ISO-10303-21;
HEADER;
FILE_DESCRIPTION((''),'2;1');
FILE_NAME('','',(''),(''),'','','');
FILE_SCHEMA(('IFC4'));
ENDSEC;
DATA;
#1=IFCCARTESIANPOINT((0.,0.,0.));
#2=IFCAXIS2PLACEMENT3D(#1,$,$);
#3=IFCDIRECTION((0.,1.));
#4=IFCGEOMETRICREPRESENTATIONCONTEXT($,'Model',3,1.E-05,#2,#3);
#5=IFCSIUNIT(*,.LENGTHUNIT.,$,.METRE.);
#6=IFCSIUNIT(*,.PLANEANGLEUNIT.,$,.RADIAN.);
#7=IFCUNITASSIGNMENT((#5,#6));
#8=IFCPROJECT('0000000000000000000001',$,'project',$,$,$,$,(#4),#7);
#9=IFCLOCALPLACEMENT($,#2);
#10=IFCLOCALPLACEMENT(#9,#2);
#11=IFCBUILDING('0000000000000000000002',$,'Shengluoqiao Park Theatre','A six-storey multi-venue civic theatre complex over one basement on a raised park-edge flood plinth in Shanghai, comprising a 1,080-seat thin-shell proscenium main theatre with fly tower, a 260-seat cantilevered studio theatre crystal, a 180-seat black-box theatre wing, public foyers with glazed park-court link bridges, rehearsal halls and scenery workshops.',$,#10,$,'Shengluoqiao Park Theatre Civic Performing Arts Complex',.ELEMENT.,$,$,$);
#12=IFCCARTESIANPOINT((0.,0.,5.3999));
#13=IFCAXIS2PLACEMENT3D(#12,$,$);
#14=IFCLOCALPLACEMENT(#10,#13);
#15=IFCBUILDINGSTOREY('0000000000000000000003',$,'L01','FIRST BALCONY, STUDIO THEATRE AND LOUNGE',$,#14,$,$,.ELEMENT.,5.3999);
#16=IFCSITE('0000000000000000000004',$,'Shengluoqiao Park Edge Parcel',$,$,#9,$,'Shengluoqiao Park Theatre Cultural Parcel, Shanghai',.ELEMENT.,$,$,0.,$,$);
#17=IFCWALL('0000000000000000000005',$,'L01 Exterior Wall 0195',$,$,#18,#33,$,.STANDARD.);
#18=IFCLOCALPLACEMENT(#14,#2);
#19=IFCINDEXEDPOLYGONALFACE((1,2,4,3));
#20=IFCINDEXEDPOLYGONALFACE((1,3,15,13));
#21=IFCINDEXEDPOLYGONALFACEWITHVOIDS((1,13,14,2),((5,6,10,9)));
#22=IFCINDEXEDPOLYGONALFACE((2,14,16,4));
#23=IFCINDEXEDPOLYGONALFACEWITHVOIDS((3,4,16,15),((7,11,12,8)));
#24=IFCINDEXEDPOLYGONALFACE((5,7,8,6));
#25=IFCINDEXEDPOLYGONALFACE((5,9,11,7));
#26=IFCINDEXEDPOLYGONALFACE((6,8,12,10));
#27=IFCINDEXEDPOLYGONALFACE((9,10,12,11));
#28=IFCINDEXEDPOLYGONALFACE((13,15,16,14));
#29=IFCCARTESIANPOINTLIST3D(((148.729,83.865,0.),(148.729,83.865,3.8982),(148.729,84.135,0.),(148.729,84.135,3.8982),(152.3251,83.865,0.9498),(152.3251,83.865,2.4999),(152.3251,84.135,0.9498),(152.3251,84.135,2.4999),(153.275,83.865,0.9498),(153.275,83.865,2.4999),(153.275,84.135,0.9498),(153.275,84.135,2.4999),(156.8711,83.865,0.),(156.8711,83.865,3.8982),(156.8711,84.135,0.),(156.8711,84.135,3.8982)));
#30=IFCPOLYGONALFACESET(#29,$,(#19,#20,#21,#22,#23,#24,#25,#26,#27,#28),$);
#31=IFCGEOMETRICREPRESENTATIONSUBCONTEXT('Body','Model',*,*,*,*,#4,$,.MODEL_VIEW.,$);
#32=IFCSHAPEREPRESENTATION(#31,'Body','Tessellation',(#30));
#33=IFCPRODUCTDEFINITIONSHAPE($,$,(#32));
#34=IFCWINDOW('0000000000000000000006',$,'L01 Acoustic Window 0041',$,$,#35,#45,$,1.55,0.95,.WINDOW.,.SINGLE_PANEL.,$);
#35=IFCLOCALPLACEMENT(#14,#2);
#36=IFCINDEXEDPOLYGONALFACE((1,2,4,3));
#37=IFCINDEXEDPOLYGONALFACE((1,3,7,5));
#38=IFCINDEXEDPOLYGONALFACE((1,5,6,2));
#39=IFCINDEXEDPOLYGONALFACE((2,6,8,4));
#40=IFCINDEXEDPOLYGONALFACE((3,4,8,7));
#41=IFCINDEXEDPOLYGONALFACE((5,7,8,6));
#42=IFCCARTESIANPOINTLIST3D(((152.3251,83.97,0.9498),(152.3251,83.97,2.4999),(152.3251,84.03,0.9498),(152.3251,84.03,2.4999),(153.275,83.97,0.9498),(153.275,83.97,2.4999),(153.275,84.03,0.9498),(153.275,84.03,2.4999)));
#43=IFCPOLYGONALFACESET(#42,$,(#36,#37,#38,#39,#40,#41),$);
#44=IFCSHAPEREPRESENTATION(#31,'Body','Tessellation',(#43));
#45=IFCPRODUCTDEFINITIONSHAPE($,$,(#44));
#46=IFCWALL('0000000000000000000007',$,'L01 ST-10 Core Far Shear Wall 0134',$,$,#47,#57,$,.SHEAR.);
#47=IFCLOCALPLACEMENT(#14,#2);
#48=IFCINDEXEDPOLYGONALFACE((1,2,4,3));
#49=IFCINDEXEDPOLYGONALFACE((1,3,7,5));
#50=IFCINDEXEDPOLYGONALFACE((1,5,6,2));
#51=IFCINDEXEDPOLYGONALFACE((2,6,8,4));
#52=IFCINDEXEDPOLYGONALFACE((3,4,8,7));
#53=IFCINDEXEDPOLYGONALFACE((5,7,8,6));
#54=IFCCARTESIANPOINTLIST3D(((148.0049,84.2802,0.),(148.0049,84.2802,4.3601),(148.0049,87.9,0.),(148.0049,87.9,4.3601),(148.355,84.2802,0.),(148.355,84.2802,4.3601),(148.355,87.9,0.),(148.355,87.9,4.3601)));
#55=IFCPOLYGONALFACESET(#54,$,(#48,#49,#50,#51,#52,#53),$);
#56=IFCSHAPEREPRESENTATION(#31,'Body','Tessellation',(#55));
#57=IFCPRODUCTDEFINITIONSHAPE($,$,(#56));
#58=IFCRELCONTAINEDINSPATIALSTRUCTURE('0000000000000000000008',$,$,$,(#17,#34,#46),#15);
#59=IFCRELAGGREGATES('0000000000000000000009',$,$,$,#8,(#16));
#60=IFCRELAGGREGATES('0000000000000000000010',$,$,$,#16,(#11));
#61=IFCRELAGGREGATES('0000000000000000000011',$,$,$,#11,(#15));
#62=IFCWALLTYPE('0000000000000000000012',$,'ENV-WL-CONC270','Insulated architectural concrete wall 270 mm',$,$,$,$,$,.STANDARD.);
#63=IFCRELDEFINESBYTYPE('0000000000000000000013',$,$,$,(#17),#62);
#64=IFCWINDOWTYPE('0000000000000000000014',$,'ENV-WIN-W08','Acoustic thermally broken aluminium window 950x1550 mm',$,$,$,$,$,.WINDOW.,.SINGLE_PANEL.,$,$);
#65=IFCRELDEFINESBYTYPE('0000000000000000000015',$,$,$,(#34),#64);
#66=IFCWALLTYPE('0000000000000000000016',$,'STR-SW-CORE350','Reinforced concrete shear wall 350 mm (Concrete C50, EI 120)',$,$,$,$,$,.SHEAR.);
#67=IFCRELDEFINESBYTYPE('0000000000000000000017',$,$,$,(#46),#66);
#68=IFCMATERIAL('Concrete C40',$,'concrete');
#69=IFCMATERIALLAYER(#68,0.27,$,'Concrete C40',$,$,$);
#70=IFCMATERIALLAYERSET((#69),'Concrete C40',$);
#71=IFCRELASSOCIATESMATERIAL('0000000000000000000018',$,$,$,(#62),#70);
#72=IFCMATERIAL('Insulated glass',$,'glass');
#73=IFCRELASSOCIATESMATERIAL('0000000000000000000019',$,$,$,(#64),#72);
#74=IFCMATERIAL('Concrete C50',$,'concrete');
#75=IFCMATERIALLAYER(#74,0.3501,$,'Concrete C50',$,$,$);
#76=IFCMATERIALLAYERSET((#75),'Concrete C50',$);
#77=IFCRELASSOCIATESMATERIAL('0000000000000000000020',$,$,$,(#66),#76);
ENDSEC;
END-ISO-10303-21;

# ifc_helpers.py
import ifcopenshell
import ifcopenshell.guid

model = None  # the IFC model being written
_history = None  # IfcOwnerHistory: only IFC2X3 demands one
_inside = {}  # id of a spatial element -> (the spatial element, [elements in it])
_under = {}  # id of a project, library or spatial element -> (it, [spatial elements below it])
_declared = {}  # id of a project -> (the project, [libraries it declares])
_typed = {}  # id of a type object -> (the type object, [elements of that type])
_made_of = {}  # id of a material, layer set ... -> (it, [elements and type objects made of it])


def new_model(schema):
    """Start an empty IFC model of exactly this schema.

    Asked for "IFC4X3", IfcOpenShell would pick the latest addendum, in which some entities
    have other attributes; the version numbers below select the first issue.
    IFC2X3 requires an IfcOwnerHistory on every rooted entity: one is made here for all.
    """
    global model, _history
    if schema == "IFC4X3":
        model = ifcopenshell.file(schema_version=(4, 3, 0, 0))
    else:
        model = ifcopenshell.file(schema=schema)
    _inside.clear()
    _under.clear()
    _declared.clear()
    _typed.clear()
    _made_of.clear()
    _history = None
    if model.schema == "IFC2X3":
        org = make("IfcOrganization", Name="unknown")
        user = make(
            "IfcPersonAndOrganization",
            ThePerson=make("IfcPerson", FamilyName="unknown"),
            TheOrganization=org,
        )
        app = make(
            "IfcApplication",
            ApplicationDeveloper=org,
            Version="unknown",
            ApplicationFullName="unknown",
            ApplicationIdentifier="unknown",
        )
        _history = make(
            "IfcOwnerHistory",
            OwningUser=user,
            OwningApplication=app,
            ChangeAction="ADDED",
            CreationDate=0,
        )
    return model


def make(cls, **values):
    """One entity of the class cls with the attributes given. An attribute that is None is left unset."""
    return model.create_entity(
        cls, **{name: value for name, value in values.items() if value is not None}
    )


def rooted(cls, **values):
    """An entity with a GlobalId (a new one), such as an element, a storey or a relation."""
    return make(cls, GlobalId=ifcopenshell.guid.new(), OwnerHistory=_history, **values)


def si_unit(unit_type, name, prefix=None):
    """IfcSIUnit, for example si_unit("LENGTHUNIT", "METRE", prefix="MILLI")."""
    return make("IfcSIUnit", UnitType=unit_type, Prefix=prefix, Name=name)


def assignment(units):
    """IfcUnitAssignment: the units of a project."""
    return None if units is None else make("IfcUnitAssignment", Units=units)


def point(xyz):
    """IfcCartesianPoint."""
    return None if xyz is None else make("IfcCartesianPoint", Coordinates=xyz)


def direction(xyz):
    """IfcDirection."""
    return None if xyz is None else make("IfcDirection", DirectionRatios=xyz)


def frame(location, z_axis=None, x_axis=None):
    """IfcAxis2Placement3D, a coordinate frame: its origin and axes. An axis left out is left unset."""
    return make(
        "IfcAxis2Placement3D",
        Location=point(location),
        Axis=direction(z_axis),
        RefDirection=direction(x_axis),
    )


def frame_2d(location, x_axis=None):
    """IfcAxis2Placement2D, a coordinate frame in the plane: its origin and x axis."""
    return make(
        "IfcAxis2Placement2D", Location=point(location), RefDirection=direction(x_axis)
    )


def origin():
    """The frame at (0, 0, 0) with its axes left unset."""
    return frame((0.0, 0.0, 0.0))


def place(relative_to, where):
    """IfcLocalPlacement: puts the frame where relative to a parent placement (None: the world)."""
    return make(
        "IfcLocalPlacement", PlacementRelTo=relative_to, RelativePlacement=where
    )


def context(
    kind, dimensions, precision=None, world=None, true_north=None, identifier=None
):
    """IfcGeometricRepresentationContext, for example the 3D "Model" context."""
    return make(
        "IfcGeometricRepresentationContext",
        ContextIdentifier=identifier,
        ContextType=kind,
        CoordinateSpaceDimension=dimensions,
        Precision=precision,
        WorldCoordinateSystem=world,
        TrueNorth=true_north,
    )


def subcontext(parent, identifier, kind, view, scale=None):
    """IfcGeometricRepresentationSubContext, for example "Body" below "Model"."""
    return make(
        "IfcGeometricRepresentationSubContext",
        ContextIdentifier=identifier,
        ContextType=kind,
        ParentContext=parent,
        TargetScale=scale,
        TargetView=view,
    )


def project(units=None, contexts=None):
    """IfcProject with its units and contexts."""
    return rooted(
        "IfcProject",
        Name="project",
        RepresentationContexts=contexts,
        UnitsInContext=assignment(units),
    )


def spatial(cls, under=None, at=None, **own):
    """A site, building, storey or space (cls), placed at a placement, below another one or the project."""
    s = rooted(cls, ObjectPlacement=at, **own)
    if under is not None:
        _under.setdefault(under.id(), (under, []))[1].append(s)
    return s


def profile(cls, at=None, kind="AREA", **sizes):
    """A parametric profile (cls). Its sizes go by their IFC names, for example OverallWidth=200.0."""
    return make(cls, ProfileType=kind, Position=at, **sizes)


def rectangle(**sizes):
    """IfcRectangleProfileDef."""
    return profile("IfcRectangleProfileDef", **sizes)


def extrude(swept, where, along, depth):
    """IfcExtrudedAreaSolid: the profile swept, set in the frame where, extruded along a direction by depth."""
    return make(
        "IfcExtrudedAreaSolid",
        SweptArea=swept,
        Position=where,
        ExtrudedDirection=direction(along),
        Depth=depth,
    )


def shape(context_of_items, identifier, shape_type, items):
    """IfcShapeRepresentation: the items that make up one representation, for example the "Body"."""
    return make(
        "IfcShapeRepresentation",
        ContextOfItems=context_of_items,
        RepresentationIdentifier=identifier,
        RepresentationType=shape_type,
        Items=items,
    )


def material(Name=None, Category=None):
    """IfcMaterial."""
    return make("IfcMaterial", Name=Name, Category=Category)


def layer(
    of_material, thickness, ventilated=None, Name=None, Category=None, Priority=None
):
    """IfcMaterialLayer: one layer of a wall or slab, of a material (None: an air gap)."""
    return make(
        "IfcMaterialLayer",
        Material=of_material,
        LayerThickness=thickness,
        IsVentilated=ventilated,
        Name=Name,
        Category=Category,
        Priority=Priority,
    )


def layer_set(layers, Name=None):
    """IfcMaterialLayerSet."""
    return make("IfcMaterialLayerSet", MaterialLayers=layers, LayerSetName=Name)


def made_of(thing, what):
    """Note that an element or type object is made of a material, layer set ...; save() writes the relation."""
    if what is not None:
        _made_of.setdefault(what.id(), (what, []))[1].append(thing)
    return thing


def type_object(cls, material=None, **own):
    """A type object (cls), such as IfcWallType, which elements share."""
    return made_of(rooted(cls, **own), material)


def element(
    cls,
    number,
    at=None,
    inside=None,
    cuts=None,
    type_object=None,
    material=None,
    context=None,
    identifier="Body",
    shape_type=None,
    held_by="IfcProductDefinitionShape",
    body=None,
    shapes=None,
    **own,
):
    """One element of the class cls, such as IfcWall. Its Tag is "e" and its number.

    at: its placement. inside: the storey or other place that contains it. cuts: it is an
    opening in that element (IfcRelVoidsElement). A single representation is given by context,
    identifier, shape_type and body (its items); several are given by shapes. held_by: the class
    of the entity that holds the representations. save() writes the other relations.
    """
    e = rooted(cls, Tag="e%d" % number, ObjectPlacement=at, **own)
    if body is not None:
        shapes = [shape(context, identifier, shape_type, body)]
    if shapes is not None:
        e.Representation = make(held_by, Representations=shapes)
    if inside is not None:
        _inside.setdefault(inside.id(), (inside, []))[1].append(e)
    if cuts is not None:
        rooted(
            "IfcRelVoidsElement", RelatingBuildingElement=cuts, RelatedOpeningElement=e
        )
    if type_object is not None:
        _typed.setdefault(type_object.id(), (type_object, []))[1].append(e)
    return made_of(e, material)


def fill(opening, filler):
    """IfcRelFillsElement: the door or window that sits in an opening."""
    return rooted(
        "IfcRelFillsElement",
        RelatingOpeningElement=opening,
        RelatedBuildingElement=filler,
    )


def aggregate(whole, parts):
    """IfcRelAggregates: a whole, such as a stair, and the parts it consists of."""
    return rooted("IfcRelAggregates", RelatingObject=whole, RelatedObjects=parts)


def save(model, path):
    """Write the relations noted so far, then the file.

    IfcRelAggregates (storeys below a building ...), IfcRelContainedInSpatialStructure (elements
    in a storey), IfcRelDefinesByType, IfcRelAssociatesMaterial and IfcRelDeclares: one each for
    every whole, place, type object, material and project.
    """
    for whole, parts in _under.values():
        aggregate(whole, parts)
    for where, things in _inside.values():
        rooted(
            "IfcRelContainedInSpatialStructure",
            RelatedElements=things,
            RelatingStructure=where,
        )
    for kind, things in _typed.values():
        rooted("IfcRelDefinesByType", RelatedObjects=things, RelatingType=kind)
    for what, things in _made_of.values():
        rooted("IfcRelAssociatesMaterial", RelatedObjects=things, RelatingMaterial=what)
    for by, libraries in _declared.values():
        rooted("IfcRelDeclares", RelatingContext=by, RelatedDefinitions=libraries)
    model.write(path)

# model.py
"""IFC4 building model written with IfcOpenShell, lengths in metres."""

from ifc_helpers import new_model, si_unit, direction, frame, frame_2d, origin, place, context, subcontext, project, spatial, rectangle, extrude, material, layer, layer_set, type_object, element, fill, save


model = new_model("IFC4")

# Units and contexts
model_context = context("Model", 3, precision=1e-05, world=origin(), true_north=direction((0.0, 1.0)))
body_context = subcontext(model_context, "Body", "Model", "MODEL_VIEW")
ifc_project = project(units=[si_unit("LENGTHUNIT", "METRE"), si_unit("PLANEANGLEUNIT", "RADIAN")], contexts=[model_context])

# Site, building, storey
site_placement = place(None, origin())
site = spatial("IfcSite", under=ifc_project, at=site_placement, Name="Shengluoqiao Park Edge Parcel", LongName="Shengluoqiao Park Theatre Cultural Parcel, Shanghai", CompositionType="ELEMENT", RefElevation=0.0)
building_placement = place(site_placement, origin())
building = spatial("IfcBuilding", under=site, at=building_placement, Name="Shengluoqiao Park Theatre", Description="A six-storey multi-venue civic theatre complex over one basement on a raised park-edge flood plinth in Shanghai, comprising a 1,080-seat thin-shell proscenium main theatre with fly tower, a 260-seat cantilevered studio theatre crystal, a 180-seat black-box theatre wing, public foyers with glazed park-court link bridges, rehearsal halls and scenery workshops.", LongName="Shengluoqiao Park Theatre Civic Performing Arts Complex", CompositionType="ELEMENT")
storey_placement = place(building_placement, frame((0.0, 0.0, 5.3999)))
storey = spatial("IfcBuildingStorey", under=building, at=storey_placement, Name="L01", Description="FIRST BALCONY, STUDIO THEATRE AND LOUNGE", CompositionType="ELEMENT", Elevation=5.3999)

# Shared definitions
ifc_material_1 = material(Name="Concrete C40", Category="concrete")

# Shared definitions
ifc_material_2 = material(Name="Insulated glass", Category="glass")

# Wall, opening, window
ifc_layer_1 = layer(ifc_material_1, 0.27, Name="Concrete C40")
ifc_layer_set_1 = layer_set([ifc_layer_1], Name="Concrete C40")
wall_type_1 = type_object("IfcWallType", Name="ENV-WL-CONC270", Description="Insulated architectural concrete wall 270 mm", PredefinedType="STANDARD", material=ifc_layer_set_1)
wall_1_placement = place(storey_placement, frame((148.729, 84.0, 0.0), z_axis=(0.0, 0.0, 1.0), x_axis=(1.0, 0.0, 0.0)))
wall_1 = element("IfcWall", 1, at=wall_1_placement, inside=storey, type_object=wall_type_1, Name="L01 Exterior Wall 0195", PredefinedType="STANDARD", context=body_context, shape_type="SweptSolid", body=[
    extrude(rectangle(XDim=8.1421, YDim=0.27, at=frame_2d((4.071, 0.0))), origin(), (0.0, 0.0, 1.0), 3.8982),
])
opening_placement = place(wall_1_placement, frame((3.5959, 0.0, 0.95)))
opening = element("IfcOpeningElement", 2, at=opening_placement, cuts=wall_1, PredefinedType="OPENING", context=body_context, shape_type="SweptSolid", body=[
    extrude(rectangle(XDim=0.95, YDim=1.55, at=frame_2d((0.4751, 0.7749))), frame((0.0, 0.145, 0.0), z_axis=(0.0, -1.0, 0.0), x_axis=(1.0, 0.0, 0.0)), (0.0, 0.0, 1.0), 0.29),
])
window_type = type_object("IfcWindowType", Name="ENV-WIN-W08", Description="Acoustic thermally broken aluminium window 950x1550 mm", PartitioningType="SINGLE_PANEL", PredefinedType="WINDOW", material=ifc_material_2)
window_placement = place(opening_placement, origin())
window = element("IfcWindow", 3, at=window_placement, inside=storey, type_object=window_type, Name="L01 Acoustic Window 0041", OverallHeight=1.55, OverallWidth=0.95, PartitioningType="SINGLE_PANEL", PredefinedType="WINDOW", context=body_context, shape_type="SweptSolid", body=[
    extrude(rectangle(XDim=0.95, YDim=1.55, at=frame_2d((0.4751, 0.7749))), frame((0.0, 0.03, 0.0), z_axis=(0.0, -1.0, 0.0), x_axis=(1.0, 0.0, 0.0)), (0.0, 0.0, 1.0), 0.0601),
])
fill(opening, window)

# Wall
ifc_material_3 = material(Name="Concrete C50", Category="concrete")
ifc_layer_2 = layer(ifc_material_3, 0.3501, Name="Concrete C50")
ifc_layer_set_2 = layer_set([ifc_layer_2], Name="Concrete C50")
wall_type_2 = type_object("IfcWallType", Name="STR-SW-CORE350", Description="Reinforced concrete shear wall 350 mm (Concrete C50, EI 120)", PredefinedType="SHEAR", material=ifc_layer_set_2)
wall_2_placement = place(storey_placement, frame((148.1799, 84.28, 0.0), z_axis=(0.0, 0.0, 1.0), x_axis=(0.0, 1.0, 0.0)))
element("IfcWall", 4, at=wall_2_placement, inside=storey, type_object=wall_type_2, Name="L01 ST-10 Core Far Shear Wall 0134", PredefinedType="SHEAR", context=body_context, shape_type="SweptSolid", body=[
    extrude(rectangle(XDim=3.6199, YDim=0.3501, at=frame_2d((1.8101, 0.0))), origin(), (0.0, 0.0, 1.0), 4.3601),
])

save(model, "model.ifc")
